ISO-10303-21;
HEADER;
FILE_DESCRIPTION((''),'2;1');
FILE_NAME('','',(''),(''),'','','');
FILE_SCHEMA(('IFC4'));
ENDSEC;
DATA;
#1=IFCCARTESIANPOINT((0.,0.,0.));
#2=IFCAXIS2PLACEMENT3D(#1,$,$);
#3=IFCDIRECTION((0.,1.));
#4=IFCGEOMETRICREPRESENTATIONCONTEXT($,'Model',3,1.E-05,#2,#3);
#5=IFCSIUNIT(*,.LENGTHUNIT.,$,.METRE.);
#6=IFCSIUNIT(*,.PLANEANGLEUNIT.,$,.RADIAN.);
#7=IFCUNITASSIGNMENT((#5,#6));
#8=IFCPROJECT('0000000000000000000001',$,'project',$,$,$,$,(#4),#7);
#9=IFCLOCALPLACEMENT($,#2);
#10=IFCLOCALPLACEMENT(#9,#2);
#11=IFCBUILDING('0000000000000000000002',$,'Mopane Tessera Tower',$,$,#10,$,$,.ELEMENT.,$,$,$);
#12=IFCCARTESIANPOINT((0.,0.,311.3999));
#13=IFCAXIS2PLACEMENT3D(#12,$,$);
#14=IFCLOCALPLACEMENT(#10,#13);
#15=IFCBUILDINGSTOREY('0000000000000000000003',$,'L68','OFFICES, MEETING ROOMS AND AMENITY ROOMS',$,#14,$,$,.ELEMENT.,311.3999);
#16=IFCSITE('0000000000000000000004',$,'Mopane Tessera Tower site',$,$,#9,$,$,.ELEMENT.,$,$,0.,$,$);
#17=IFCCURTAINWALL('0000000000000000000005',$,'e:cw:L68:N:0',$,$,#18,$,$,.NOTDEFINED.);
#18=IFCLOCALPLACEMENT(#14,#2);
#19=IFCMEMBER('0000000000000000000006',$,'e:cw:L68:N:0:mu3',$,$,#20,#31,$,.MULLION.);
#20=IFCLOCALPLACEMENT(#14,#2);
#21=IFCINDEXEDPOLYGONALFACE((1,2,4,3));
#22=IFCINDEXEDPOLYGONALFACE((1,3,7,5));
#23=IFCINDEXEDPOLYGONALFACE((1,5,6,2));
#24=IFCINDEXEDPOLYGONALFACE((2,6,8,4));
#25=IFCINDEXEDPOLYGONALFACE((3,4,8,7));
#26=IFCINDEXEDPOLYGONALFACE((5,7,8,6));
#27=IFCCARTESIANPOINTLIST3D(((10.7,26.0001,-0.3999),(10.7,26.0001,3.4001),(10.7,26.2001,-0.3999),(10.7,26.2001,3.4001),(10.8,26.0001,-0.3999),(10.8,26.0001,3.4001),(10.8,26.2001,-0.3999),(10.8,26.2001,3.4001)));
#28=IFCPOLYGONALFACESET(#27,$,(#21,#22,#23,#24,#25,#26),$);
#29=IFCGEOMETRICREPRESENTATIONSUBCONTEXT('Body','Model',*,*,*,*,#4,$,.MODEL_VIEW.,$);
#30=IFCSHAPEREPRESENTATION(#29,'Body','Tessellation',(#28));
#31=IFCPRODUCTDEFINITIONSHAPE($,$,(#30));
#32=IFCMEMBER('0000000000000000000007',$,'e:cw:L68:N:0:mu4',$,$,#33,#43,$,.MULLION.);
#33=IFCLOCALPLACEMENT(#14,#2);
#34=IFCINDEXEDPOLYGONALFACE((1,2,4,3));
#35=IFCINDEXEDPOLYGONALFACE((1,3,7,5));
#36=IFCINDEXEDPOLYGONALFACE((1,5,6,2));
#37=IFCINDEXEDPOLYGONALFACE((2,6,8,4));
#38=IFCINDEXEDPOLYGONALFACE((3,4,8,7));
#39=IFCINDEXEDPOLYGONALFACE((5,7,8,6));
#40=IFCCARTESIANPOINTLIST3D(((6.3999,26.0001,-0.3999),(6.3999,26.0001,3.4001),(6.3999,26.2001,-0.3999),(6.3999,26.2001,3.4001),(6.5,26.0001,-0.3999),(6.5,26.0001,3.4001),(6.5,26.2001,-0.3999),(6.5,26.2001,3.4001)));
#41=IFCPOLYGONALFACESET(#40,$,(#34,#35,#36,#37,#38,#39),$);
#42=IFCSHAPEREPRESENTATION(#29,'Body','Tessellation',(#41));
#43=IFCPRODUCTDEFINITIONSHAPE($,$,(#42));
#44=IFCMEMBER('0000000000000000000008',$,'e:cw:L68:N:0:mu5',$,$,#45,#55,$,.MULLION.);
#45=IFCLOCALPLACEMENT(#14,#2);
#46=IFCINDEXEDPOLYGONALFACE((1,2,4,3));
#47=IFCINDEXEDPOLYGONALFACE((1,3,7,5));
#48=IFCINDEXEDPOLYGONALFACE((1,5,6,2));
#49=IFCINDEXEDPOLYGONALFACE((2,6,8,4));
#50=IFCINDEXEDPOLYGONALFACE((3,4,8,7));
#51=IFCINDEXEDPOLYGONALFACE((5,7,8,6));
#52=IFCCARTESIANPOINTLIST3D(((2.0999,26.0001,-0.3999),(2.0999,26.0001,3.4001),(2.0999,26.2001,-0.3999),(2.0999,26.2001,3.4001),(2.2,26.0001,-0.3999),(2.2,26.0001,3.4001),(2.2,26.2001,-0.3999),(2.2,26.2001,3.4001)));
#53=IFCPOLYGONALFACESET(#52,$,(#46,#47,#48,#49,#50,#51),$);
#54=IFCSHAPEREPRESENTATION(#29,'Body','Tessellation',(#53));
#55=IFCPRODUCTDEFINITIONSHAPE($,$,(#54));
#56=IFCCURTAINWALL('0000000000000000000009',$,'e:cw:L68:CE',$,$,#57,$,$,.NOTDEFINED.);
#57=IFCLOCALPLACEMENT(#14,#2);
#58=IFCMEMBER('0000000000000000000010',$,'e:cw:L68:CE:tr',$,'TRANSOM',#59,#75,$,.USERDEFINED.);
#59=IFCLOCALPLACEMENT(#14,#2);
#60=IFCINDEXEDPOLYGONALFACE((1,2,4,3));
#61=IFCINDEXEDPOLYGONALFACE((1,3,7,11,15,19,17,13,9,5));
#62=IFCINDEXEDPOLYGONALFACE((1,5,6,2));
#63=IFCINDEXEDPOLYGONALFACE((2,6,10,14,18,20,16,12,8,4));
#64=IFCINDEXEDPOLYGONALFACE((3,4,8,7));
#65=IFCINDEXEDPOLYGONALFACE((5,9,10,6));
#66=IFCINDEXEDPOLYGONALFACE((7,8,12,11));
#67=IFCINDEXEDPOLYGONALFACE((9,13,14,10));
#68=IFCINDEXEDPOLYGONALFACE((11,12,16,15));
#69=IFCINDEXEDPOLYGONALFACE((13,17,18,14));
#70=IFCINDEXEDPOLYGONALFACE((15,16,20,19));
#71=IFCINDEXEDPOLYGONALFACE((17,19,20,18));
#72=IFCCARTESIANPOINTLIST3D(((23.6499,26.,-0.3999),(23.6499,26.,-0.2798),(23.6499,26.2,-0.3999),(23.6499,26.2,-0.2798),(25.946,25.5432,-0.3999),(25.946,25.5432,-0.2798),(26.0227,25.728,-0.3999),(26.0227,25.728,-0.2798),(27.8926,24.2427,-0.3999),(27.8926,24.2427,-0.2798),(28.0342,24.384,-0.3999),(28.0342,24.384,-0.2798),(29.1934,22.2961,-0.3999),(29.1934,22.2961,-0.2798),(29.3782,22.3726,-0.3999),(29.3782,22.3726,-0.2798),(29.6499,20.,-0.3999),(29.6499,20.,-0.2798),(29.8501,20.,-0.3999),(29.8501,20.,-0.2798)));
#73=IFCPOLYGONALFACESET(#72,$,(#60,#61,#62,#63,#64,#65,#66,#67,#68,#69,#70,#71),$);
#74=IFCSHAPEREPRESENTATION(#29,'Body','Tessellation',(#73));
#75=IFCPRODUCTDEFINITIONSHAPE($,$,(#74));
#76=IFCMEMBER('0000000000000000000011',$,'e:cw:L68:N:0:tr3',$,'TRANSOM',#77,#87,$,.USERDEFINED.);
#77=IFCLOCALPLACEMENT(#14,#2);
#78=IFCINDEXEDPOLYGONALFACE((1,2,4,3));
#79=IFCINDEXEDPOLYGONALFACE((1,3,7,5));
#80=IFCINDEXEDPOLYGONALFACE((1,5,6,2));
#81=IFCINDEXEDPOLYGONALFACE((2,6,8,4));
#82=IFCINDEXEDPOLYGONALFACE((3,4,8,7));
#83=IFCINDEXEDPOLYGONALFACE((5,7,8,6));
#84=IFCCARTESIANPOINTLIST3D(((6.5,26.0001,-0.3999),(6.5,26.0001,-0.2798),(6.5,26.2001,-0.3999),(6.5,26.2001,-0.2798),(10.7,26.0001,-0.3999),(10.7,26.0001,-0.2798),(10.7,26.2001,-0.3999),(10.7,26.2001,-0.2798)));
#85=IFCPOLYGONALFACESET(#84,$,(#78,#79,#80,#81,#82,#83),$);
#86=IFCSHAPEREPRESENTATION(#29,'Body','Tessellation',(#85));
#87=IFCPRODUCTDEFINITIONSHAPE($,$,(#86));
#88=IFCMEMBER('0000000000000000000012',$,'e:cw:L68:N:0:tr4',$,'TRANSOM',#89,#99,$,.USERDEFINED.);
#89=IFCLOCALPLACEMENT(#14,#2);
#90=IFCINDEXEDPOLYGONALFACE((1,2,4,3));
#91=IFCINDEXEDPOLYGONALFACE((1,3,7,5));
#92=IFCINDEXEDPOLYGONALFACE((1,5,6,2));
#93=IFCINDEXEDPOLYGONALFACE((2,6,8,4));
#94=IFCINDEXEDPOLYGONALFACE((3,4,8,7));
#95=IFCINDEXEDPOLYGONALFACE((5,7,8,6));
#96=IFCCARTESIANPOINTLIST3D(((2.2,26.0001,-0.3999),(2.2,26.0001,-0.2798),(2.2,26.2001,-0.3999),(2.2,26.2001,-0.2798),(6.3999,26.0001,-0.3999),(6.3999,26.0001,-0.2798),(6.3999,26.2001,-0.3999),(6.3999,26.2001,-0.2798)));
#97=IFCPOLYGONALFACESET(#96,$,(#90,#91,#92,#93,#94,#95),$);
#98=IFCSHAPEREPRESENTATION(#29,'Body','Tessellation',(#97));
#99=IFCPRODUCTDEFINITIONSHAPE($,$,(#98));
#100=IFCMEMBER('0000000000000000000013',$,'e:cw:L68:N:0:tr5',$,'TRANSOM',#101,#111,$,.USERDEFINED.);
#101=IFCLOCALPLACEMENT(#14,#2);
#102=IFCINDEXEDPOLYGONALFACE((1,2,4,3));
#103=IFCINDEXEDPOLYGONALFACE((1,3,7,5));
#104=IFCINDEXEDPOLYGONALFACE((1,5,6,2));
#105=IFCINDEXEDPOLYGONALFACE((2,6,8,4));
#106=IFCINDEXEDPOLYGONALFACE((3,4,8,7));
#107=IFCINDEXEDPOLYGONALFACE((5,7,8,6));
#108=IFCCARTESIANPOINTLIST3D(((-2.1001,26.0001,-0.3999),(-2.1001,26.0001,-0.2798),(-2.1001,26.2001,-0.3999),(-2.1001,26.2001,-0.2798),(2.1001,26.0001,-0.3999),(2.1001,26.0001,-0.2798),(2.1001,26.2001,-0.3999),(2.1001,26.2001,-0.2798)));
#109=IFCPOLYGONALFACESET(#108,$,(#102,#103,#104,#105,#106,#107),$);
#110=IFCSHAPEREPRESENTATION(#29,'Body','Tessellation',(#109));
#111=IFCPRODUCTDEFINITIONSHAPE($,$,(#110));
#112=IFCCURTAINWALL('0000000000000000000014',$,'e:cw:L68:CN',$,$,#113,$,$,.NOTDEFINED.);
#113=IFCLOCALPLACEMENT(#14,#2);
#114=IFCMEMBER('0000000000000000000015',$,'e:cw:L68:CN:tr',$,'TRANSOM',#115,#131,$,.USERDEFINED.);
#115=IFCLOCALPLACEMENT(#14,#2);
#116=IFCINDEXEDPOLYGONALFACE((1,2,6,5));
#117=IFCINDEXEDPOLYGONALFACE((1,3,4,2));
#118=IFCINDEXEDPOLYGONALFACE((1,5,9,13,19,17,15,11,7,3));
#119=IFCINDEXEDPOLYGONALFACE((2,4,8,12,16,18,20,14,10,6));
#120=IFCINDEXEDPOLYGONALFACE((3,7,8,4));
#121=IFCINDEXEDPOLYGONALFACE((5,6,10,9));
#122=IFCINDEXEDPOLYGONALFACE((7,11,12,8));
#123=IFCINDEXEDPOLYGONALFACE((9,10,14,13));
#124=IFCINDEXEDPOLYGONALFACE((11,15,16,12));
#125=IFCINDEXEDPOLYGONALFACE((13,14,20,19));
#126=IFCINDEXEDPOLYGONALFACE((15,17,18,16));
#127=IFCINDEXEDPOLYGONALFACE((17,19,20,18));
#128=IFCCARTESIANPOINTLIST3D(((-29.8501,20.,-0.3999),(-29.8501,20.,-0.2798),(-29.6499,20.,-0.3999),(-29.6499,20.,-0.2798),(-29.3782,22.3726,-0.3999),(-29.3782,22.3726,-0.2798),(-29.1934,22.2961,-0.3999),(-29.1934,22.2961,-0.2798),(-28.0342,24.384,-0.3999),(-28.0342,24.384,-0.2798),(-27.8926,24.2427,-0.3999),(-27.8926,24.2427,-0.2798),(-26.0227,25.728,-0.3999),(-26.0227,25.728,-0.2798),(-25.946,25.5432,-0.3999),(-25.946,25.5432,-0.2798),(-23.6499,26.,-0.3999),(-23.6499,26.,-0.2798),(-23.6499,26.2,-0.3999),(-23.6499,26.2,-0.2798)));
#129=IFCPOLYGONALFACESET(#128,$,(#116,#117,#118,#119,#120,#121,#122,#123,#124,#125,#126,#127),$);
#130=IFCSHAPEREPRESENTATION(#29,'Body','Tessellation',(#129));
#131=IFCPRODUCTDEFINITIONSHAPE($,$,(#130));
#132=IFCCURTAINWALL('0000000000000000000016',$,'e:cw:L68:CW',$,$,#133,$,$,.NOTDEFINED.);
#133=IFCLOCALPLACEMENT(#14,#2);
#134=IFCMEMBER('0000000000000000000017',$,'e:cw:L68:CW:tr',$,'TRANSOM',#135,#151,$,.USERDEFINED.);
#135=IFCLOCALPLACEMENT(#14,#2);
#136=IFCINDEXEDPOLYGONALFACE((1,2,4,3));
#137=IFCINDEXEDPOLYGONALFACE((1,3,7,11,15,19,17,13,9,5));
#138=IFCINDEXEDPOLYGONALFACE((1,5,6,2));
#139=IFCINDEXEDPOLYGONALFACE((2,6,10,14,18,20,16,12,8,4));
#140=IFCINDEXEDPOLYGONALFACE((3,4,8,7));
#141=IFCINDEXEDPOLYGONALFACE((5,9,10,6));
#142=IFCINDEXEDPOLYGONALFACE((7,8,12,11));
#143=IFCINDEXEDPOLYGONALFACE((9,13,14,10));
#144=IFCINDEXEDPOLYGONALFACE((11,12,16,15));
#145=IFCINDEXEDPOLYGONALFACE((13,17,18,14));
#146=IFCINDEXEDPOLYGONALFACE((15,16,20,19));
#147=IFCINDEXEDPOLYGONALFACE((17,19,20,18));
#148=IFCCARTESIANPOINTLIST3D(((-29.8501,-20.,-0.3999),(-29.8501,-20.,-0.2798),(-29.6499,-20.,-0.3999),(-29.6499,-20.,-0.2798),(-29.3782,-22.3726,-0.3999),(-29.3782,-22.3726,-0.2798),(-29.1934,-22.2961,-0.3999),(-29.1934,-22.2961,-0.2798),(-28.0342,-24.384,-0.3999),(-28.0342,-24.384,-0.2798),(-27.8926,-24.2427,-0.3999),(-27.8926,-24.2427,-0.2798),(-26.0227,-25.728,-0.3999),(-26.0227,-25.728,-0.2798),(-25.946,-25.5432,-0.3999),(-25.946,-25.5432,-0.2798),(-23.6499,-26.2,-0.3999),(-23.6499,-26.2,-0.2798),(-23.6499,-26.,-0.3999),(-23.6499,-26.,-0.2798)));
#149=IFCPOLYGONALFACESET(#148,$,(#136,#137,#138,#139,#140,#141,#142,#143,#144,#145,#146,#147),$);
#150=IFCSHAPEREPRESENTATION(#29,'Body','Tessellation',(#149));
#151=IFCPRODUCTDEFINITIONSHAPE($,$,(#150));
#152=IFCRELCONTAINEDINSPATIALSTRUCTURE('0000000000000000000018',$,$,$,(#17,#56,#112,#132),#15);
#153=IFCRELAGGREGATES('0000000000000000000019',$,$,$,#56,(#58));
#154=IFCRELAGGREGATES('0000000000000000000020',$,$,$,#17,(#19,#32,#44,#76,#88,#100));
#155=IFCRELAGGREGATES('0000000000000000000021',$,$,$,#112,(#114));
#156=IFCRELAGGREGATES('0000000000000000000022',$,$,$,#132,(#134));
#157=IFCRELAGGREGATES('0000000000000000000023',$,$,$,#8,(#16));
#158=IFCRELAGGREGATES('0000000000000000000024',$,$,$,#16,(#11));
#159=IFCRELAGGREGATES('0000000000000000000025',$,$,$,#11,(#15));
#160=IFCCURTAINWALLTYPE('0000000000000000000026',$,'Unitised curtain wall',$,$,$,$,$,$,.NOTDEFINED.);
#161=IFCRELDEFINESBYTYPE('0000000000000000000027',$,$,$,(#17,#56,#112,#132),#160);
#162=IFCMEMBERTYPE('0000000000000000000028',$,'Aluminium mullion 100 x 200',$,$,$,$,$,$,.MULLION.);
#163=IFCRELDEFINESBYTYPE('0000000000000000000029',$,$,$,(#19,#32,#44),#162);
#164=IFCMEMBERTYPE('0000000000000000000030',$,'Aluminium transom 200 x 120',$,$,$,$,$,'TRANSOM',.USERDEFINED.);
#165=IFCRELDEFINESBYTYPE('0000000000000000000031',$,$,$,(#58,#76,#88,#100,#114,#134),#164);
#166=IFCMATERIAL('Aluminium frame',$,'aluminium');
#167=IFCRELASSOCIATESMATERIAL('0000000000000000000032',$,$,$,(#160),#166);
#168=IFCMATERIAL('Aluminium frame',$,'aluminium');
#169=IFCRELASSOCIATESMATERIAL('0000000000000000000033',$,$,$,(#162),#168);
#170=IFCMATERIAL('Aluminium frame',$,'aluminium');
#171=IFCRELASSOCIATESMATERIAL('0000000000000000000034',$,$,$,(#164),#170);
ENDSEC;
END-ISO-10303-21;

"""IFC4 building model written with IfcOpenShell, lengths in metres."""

from ifc_helpers import new_model, si_unit, direction, frame, origin, origin_2d, place, context, subcontext, project, spatial, polyline, rectangle, outline, extrude, material, material_profile, profile_set, type_object, element, aggregate, save


model = new_model("IFC4")

# Units and contexts
model_context = context("Model", 3, precision=1e-05, world=origin(), true_north=direction((0.0, 1.0)))
body_context = subcontext(model_context, "Body", "Model", "MODEL_VIEW")
ifc_project = project(units=[si_unit("LENGTHUNIT", "METRE"), si_unit("PLANEANGLEUNIT", "RADIAN")], contexts=[model_context])

# Site, building, storey
site_placement = place(None, origin())
site = spatial("IfcSite", under=ifc_project, at=site_placement, Name="Mopane Tessera Tower site", CompositionType="ELEMENT", RefElevation=0.0)
building_placement = place(site_placement, origin())
building = spatial("IfcBuilding", under=site, at=building_placement, Name="Mopane Tessera Tower", CompositionType="ELEMENT")
storey_placement = place(building_placement, frame((0.0, 0.0, 311.3999)))
storey = spatial("IfcBuildingStorey", under=building, at=storey_placement, Name="L68", Description="OFFICES, MEETING ROOMS AND AMENITY ROOMS", CompositionType="ELEMENT", Elevation=311.3999)

# Curtain wall, members
ifc_material_1 = material(Name="Aluminium frame", Category="aluminium")
curtain_wall_type = type_object("IfcCurtainWallType", Name="Unitised curtain wall", PredefinedType="NOTDEFINED", material=ifc_material_1)
curtain_wall_1_placement = place(storey_placement, origin())
curtain_wall_1 = element("IfcCurtainWall", 1, at=curtain_wall_1_placement, inside=storey, type_object=curtain_wall_type, Name="e:cw:L68:N:0", PredefinedType="NOTDEFINED")
ifc_material_2 = material(Name="Aluminium frame", Category="aluminium")
ifc_material_profile_1 = material_profile(ifc_material_2, rectangle(XDim=0.1001, YDim=0.2, at=origin_2d()))
ifc_profile_set_1 = profile_set([ifc_material_profile_1], Name="Aluminium frame")
member_type_1 = type_object("IfcMemberType", Name="Aluminium mullion 100 x 200", PredefinedType="MULLION", material=ifc_profile_set_1)
member_1_placement = place(storey_placement, frame((10.75, 26.1001, -0.3999), z_axis=(0.0, 0.0, 1.0), x_axis=(-1.0, 0.0, 0.0)))
member_1 = element("IfcMember", 2, at=member_1_placement, type_object=member_type_1, Name="e:cw:L68:N:0:mu3", PredefinedType="MULLION", context=body_context, shape_type="SweptSolid", body=[
    extrude(rectangle(XDim=0.1001, YDim=0.2, at=origin_2d()), origin(), (0.0, 0.0, 1.0), 3.8),
])
member_2_placement = place(storey_placement, frame((6.45, 26.1001, -0.3999), z_axis=(0.0, 0.0, 1.0), x_axis=(-1.0, 0.0, 0.0)))
member_2 = element("IfcMember", 3, at=member_2_placement, type_object=member_type_1, Name="e:cw:L68:N:0:mu4", PredefinedType="MULLION", context=body_context, shape_type="SweptSolid", body=[
    extrude(rectangle(XDim=0.1001, YDim=0.2, at=origin_2d()), origin(), (0.0, 0.0, 1.0), 3.8),
])
member_3_placement = place(storey_placement, frame((2.1499, 26.1001, -0.3999), z_axis=(0.0, 0.0, 1.0), x_axis=(-1.0, 0.0, 0.0)))
member_3 = element("IfcMember", 4, at=member_3_placement, type_object=member_type_1, Name="e:cw:L68:N:0:mu5", PredefinedType="MULLION", context=body_context, shape_type="SweptSolid", body=[
    extrude(rectangle(XDim=0.1001, YDim=0.2, at=origin_2d()), origin(), (0.0, 0.0, 1.0), 3.8),
])

# Curtain wall, member
curtain_wall_2_placement = place(storey_placement, origin())
curtain_wall_2 = element("IfcCurtainWall", 5, at=curtain_wall_2_placement, inside=storey, type_object=curtain_wall_type, Name="e:cw:L68:CE", PredefinedType="NOTDEFINED")
ifc_material_3 = material(Name="Aluminium frame", Category="aluminium")
ifc_material_profile_2 = material_profile(ifc_material_3, rectangle(XDim=0.2, YDim=0.1201, at=origin_2d()))
ifc_profile_set_2 = profile_set([ifc_material_profile_2], Name="Aluminium frame")
member_type_2 = type_object("IfcMemberType", Name="Aluminium transom 200 x 120", ElementType="TRANSOM", PredefinedType="USERDEFINED", material=ifc_profile_set_2)
member_4_placement = place(storey_placement, frame((0.0, 0.0, -0.3999)))
member_4 = element("IfcMember", 6, at=member_4_placement, type_object=member_type_2, Name="e:cw:L68:CE:tr", ObjectType="TRANSOM", PredefinedType="USERDEFINED", context=body_context, shape_type="SweptSolid", body=[
    extrude(outline(polyline([(29.6499, 20.0), (29.1934, 22.2961), (27.8926, 24.2427), (25.946, 25.5432), (23.6499, 26.0), (23.6499, 26.2), (26.0227, 25.728), (28.0342, 24.384), (29.3782, 22.3726), (29.8501, 20.0), (29.6499, 20.0)])), origin(), (0.0, 0.0, 1.0), 0.1201),
])

# Members
member_5_placement = place(storey_placement, frame((10.7, 26.1001, -0.3398), z_axis=(-1.0, 0.0, 0.0), x_axis=(0.0, -1.0, 0.0)))
member_5 = element("IfcMember", 7, at=member_5_placement, type_object=member_type_2, Name="e:cw:L68:N:0:tr3", ObjectType="TRANSOM", PredefinedType="USERDEFINED", context=body_context, shape_type="SweptSolid", body=[
    extrude(rectangle(XDim=0.2, YDim=0.1201, at=origin_2d()), origin(), (0.0, 0.0, 1.0), 4.2),
])
member_6_placement = place(storey_placement, frame((6.3999, 26.1001, -0.3398), z_axis=(-1.0, 0.0, 0.0), x_axis=(0.0, -1.0, 0.0)))
member_6 = element("IfcMember", 8, at=member_6_placement, type_object=member_type_2, Name="e:cw:L68:N:0:tr4", ObjectType="TRANSOM", PredefinedType="USERDEFINED", context=body_context, shape_type="SweptSolid", body=[
    extrude(rectangle(XDim=0.2, YDim=0.1201, at=origin_2d()), origin(), (0.0, 0.0, 1.0), 4.2),
])
member_7_placement = place(storey_placement, frame((2.1001, 26.1001, -0.3398), z_axis=(-1.0, 0.0, 0.0), x_axis=(0.0, -1.0, 0.0)))
member_7 = element("IfcMember", 9, at=member_7_placement, type_object=member_type_2, Name="e:cw:L68:N:0:tr5", ObjectType="TRANSOM", PredefinedType="USERDEFINED", context=body_context, shape_type="SweptSolid", body=[
    extrude(rectangle(XDim=0.2, YDim=0.1201, at=origin_2d()), origin(), (0.0, 0.0, 1.0), 4.2002),
])

# Curtain walls, members
curtain_wall_3_placement = place(storey_placement, origin())
curtain_wall_3 = element("IfcCurtainWall", 10, at=curtain_wall_3_placement, inside=storey, type_object=curtain_wall_type, Name="e:cw:L68:CN", PredefinedType="NOTDEFINED")
member_8_placement = place(storey_placement, frame((0.0, 0.0, -0.3999)))
member_8 = element("IfcMember", 11, at=member_8_placement, type_object=member_type_2, Name="e:cw:L68:CN:tr", ObjectType="TRANSOM", PredefinedType="USERDEFINED", context=body_context, shape_type="SweptSolid", body=[
    extrude(outline(polyline([(-23.6499, 26.0), (-25.946, 25.5432), (-27.8926, 24.2427), (-29.1934, 22.2961), (-29.6499, 20.0), (-29.8501, 20.0), (-29.3782, 22.3726), (-28.0342, 24.384), (-26.0227, 25.728), (-23.6499, 26.2), (-23.6499, 26.0)])), origin(), (0.0, 0.0, 1.0), 0.1201),
])
curtain_wall_4_placement = place(storey_placement, origin())
curtain_wall_4 = element("IfcCurtainWall", 12, at=curtain_wall_4_placement, inside=storey, type_object=curtain_wall_type, Name="e:cw:L68:CW", PredefinedType="NOTDEFINED")
member_9_placement = place(storey_placement, frame((0.0, 0.0, -0.3999)))
member_9 = element("IfcMember", 13, at=member_9_placement, type_object=member_type_2, Name="e:cw:L68:CW:tr", ObjectType="TRANSOM", PredefinedType="USERDEFINED", context=body_context, shape_type="SweptSolid", body=[
    extrude(outline(polyline([(-29.6499, -20.0), (-29.1934, -22.2961), (-27.8926, -24.2427), (-25.946, -25.5432), (-23.6499, -26.0), (-23.6499, -26.2), (-26.0227, -25.728), (-28.0342, -24.384), (-29.3782, -22.3726), (-29.8501, -20.0), (-29.6499, -20.0)])), origin(), (0.0, 0.0, 1.0), 0.1201),
])

aggregate(curtain_wall_2, [member_4])
aggregate(curtain_wall_1, [member_1, member_2, member_3, member_5, member_6, member_7])
aggregate(curtain_wall_3, [member_8])
aggregate(curtain_wall_4, [member_9])

save(model, "model.ifc")
